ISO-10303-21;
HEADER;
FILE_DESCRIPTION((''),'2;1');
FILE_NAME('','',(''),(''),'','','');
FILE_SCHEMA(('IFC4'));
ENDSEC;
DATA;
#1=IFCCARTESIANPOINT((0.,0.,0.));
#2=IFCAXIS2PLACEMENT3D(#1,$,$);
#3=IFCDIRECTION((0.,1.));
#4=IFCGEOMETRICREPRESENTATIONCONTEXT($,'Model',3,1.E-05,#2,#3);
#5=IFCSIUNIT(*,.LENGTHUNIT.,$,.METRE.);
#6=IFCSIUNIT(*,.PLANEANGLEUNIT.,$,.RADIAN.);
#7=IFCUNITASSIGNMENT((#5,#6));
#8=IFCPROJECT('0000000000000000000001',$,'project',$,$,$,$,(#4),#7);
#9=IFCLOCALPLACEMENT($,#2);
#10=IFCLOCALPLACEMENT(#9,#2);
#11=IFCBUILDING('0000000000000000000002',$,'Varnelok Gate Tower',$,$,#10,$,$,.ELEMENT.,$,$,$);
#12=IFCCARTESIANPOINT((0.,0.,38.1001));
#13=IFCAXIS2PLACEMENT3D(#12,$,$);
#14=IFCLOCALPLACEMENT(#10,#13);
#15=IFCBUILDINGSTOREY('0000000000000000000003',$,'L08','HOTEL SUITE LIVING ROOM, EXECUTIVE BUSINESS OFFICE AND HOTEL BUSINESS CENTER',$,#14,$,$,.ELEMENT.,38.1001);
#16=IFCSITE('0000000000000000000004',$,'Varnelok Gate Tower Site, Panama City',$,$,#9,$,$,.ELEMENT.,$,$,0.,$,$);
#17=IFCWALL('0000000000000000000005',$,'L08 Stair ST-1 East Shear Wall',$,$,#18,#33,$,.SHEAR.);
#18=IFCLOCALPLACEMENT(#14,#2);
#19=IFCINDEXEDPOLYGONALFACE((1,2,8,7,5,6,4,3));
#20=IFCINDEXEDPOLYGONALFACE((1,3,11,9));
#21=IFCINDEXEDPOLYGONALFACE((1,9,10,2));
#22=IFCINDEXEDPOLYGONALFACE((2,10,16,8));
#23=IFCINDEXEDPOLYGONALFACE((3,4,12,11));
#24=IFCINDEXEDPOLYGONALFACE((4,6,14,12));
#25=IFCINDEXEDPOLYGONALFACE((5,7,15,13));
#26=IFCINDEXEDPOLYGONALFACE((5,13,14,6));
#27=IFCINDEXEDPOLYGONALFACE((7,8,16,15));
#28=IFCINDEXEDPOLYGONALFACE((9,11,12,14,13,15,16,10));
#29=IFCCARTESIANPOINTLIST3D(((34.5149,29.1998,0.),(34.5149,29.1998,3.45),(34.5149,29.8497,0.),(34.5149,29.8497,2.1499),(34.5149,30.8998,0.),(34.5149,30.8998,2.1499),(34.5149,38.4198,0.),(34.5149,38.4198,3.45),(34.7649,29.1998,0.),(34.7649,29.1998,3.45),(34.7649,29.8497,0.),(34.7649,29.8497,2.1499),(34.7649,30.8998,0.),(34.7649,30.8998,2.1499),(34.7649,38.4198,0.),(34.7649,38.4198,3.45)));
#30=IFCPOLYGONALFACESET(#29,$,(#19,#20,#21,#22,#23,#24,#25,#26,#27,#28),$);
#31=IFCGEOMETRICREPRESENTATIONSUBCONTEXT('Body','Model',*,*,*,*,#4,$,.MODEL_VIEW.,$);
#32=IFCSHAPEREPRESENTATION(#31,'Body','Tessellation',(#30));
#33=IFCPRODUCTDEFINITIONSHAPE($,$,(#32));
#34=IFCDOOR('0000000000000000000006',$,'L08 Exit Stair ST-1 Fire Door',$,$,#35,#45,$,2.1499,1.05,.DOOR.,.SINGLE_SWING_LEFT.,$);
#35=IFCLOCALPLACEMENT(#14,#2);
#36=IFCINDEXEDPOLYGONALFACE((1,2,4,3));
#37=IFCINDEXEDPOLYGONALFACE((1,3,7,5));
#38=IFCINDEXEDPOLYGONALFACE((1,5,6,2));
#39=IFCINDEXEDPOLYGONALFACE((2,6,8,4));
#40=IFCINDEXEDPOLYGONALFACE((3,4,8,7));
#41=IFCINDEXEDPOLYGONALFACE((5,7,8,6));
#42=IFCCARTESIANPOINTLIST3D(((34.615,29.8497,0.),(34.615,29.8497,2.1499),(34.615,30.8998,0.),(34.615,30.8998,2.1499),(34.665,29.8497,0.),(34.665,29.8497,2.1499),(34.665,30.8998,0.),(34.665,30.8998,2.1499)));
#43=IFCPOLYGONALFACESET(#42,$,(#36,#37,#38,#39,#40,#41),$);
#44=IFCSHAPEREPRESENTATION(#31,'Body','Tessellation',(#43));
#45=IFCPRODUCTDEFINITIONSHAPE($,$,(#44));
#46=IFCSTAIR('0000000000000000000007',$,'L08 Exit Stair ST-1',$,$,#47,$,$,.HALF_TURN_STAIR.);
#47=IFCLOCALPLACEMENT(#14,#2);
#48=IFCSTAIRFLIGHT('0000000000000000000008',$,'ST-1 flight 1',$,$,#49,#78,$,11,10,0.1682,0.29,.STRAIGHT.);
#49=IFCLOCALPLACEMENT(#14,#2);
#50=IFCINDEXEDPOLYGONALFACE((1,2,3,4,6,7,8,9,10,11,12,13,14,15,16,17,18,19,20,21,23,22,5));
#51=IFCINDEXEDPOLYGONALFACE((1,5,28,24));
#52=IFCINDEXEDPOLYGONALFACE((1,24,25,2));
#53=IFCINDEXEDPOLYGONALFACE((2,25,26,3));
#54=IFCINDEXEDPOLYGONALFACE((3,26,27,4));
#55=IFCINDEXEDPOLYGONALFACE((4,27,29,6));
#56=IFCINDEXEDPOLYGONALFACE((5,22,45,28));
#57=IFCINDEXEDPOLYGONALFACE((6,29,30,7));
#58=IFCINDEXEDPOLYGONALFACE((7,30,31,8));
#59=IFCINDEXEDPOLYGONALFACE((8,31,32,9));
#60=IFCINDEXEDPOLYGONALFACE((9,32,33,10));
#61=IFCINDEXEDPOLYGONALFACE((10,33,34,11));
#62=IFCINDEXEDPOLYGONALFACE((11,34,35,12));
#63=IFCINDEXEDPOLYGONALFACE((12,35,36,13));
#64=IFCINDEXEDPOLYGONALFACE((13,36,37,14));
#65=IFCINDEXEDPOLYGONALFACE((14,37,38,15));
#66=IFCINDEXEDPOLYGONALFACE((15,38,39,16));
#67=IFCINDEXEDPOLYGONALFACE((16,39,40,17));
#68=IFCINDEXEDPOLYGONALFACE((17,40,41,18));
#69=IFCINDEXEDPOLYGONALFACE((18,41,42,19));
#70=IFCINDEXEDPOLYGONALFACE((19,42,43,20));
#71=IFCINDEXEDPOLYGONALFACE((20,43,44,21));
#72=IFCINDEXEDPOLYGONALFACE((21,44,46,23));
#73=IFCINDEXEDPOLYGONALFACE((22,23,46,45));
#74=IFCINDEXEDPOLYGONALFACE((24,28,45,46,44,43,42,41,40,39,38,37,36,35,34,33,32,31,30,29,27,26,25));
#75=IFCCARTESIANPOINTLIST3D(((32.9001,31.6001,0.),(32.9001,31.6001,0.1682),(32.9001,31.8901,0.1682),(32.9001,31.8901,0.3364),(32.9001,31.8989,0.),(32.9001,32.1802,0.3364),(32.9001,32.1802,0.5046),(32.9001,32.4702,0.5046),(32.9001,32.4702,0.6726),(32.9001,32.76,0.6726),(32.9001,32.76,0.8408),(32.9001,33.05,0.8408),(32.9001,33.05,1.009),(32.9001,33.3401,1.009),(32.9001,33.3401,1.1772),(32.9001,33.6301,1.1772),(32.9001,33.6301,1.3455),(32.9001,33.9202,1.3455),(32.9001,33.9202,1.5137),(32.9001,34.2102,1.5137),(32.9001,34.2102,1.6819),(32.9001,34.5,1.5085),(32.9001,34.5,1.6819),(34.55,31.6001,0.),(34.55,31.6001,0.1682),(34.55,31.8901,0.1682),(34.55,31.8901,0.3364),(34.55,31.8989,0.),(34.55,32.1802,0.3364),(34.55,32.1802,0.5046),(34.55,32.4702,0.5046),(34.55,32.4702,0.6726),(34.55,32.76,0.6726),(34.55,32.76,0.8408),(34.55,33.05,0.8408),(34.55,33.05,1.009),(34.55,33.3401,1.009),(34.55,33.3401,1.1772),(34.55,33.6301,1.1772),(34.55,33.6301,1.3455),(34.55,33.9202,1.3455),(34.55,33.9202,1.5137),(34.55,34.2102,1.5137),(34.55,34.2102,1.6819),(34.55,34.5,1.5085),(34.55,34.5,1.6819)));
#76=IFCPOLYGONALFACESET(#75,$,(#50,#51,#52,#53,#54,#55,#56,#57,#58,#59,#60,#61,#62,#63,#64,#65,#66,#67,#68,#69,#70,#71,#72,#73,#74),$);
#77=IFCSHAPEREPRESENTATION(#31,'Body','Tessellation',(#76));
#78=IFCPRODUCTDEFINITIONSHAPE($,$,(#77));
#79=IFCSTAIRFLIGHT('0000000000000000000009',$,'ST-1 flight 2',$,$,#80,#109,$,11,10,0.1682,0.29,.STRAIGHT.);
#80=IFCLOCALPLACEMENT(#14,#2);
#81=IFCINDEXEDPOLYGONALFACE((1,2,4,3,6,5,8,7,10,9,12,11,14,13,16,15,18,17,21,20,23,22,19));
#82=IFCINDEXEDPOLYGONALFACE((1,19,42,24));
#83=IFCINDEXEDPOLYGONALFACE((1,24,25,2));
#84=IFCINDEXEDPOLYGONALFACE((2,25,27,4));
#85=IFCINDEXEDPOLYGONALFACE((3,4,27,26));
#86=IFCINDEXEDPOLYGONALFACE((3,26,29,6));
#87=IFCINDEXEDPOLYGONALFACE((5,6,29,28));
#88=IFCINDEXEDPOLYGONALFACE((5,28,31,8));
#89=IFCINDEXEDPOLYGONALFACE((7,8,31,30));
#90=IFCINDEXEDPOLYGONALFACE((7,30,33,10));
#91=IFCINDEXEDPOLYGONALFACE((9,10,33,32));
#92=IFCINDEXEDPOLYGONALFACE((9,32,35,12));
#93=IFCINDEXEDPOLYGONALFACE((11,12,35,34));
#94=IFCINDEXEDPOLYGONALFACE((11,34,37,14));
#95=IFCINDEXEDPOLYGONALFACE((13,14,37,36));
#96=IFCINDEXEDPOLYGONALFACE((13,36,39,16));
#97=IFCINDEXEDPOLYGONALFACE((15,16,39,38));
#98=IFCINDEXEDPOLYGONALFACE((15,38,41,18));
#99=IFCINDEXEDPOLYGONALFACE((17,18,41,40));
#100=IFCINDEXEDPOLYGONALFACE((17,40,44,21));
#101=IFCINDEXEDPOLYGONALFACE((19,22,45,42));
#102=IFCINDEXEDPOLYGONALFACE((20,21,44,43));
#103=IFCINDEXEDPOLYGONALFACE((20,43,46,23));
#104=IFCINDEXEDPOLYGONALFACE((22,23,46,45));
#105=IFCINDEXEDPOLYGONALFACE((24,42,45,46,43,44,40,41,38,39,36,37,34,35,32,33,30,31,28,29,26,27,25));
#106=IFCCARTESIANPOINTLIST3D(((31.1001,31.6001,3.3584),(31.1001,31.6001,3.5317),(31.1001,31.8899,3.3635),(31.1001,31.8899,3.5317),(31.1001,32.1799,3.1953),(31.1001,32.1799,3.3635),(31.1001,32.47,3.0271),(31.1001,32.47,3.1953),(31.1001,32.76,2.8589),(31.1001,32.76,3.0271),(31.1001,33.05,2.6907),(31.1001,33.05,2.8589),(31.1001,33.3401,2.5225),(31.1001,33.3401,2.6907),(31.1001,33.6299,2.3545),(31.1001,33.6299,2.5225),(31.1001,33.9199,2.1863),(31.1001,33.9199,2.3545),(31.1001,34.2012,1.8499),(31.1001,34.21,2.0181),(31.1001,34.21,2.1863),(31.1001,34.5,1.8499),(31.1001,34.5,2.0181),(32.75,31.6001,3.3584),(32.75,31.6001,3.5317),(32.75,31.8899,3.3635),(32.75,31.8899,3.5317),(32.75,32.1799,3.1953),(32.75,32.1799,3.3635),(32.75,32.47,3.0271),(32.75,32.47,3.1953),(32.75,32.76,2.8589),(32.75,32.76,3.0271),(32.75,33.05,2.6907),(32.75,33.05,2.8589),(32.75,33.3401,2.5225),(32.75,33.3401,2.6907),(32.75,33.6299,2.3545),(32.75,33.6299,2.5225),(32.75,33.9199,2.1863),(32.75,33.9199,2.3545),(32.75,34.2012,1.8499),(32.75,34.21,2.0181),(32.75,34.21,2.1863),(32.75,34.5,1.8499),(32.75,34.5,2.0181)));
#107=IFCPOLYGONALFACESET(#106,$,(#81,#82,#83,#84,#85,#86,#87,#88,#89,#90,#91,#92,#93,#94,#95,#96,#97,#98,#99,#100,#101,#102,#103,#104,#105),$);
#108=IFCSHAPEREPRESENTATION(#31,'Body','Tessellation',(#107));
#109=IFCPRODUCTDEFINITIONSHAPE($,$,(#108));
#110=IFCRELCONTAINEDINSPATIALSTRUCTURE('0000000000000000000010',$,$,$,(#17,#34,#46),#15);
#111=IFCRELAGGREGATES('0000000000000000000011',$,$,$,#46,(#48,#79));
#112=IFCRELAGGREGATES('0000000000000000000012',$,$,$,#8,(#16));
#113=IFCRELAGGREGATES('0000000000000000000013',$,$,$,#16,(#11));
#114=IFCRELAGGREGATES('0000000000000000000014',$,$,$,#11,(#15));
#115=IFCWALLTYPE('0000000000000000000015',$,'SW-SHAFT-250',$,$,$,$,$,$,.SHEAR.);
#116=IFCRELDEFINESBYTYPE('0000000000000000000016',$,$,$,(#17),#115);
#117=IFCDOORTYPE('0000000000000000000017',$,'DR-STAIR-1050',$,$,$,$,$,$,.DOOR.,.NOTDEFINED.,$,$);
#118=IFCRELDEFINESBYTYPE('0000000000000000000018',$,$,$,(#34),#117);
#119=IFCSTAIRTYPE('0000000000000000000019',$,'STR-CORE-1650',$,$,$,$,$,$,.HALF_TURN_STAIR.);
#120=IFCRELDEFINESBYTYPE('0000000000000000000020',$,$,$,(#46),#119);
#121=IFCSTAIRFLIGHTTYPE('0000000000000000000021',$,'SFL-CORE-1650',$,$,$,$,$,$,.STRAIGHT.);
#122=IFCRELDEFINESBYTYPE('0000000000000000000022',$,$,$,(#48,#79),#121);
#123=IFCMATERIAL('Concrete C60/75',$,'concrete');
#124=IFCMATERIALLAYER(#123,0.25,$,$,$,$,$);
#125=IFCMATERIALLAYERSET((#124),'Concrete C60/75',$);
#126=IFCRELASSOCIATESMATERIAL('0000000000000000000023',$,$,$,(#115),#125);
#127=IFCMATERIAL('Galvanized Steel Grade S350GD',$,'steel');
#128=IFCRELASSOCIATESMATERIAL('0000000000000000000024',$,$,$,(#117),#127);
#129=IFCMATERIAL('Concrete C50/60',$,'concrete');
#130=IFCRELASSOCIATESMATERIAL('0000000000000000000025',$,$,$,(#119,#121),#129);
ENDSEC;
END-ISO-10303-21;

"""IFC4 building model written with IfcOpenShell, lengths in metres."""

from ifc_helpers import new_model, si_unit, direction, frame, frame_2d, origin, place, context, subcontext, project, spatial, polyline, rectangle, outline, extrude, material, layer, layer_set, type_object, element, fill, aggregate, save


model = new_model("IFC4")

# Units and contexts
model_context = context("Model", 3, precision=1e-05, world=origin(), true_north=direction((0.0, 1.0)))
body_context = subcontext(model_context, "Body", "Model", "MODEL_VIEW")
ifc_project = project(units=[si_unit("LENGTHUNIT", "METRE"), si_unit("PLANEANGLEUNIT", "RADIAN")], contexts=[model_context])

# Site, building, storey
site_placement = place(None, origin())
site = spatial("IfcSite", under=ifc_project, at=site_placement, Name="Varnelok Gate Tower Site, Panama City", CompositionType="ELEMENT", RefElevation=0.0)
building_placement = place(site_placement, origin())
building = spatial("IfcBuilding", under=site, at=building_placement, Name="Varnelok Gate Tower", CompositionType="ELEMENT")
storey_placement = place(building_placement, frame((0.0, 0.0, 38.1001)))
storey = spatial("IfcBuildingStorey", under=building, at=storey_placement, Name="L08", Description="HOTEL SUITE LIVING ROOM, EXECUTIVE BUSINESS OFFICE AND HOTEL BUSINESS CENTER", CompositionType="ELEMENT", Elevation=38.1001)

# Shared definitions
ifc_material_1 = material(Name="Concrete C60/75", Category="concrete")

# Shared definitions
ifc_material_2 = material(Name="Galvanized Steel Grade S350GD", Category="steel")

# Wall, opening, door
ifc_layer_1 = layer(ifc_material_1, 0.25)
ifc_layer_set_1 = layer_set([ifc_layer_1], Name="Concrete C60/75")
wall_type_1 = type_object("IfcWallType", Name="SW-SHAFT-250", PredefinedType="SHEAR", material=ifc_layer_set_1)
wall_1_placement = place(storey_placement, frame((34.6399, 29.2, 0.0), z_axis=(0.0, 0.0, 1.0), x_axis=(0.0, 1.0, 0.0)))
wall_1 = element("IfcWall", 1, at=wall_1_placement, inside=storey, type_object=wall_type_1, Name="L08 Stair ST-1 East Shear Wall", PredefinedType="SHEAR", context=body_context, shape_type="SweptSolid", body=[
    extrude(rectangle(XDim=9.22, YDim=0.25, at=frame_2d((4.6099, 0.0))), origin(), (0.0, 0.0, 1.0), 3.45),
])
opening_1_placement = place(wall_1_placement, frame((0.6499, 0.0, 0.0)))
opening_1 = element("IfcOpeningElement", 2, at=opening_1_placement, cuts=wall_1, PredefinedType="OPENING", context=body_context, shape_type="SweptSolid", body=[
    extrude(rectangle(XDim=1.05, YDim=2.1499, at=frame_2d((0.5249, 1.075))), frame((0.0, 0.135, 0.0), z_axis=(0.0, -1.0, 0.0), x_axis=(1.0, 0.0, 0.0)), (0.0, 0.0, 1.0), 0.27),
])
door_type_1 = type_object("IfcDoorType", Name="DR-STAIR-1050", OperationType="NOTDEFINED", PredefinedType="DOOR", material=ifc_material_2)
door_1_placement = place(opening_1_placement, origin())
door_1 = element("IfcDoor", 3, at=door_1_placement, inside=storey, type_object=door_type_1, Name="L08 Exit Stair ST-1 Fire Door", OperationType="SINGLE_SWING_LEFT", OverallHeight=2.1499, OverallWidth=1.05, PredefinedType="DOOR", context=body_context, shape_type="SweptSolid", body=[
    extrude(rectangle(XDim=1.05, YDim=2.1499, at=frame_2d((0.5249, 1.075))), frame((0.0, 0.0249, 0.0), z_axis=(0.0, -1.0, 0.0), x_axis=(1.0, 0.0, 0.0)), (0.0, 0.0, 1.0), 0.05),
])
fill(opening_1, door_1)

# Stair, stair flights
ifc_material_3 = material(Name="Concrete C50/60", Category="concrete")
stair_type = type_object("IfcStairType", Name="STR-CORE-1650", PredefinedType="HALF_TURN_STAIR", material=ifc_material_3)
stair_placement = place(storey_placement, origin())
stair = element("IfcStair", 4, at=stair_placement, inside=storey, type_object=stair_type, Name="L08 Exit Stair ST-1", PredefinedType="HALF_TURN_STAIR")
stair_flight_type = type_object("IfcStairFlightType", Name="SFL-CORE-1650", PredefinedType="STRAIGHT", material=ifc_material_3)
stair_flight_1_placement = place(storey_placement, frame((33.7251, 31.6001, 0.0), z_axis=(0.0, 0.0, 1.0), x_axis=(0.0, 1.0, 0.0)))
stair_flight_1 = element("IfcStairFlight", 5, at=stair_flight_1_placement, type_object=stair_flight_type, Name="ST-1 flight 1", NumberOfRisers=11, NumberOfTreads=10, PredefinedType="STRAIGHT", RiserHeight=0.1682, TreadLength=0.29, context=body_context, shape_type="SweptSolid", body=[
    extrude(outline(polyline([(0.0, 0.0), (0.0, 0.1682), (0.29, 0.1682), (0.29, 0.3364), (0.5801, 0.3364), (0.5801, 0.5046), (0.8701, 0.5046), (0.8701, 0.6726), (1.1599, 0.6726), (1.1599, 0.8408), (1.45, 0.8408), (1.45, 1.009), (1.74, 1.009), (1.74, 1.1772), (2.03, 1.1772), (2.03, 1.3455), (2.3201, 1.3455), (2.3201, 1.5137), (2.6101, 1.5137), (2.6101, 1.6819), (2.8999, 1.6819), (2.8999, 1.8501), (2.8999, 1.5085), (0.2988, 0.0), (0.0, 0.0)])), frame((0.0, 0.825, 0.0), z_axis=(0.0, -1.0, 0.0), x_axis=(1.0, 0.0, 0.0)), (0.0, 0.0, 1.0), 1.6499),
])
stair_flight_2_placement = place(storey_placement, frame((31.925, 34.5, 1.8499), z_axis=(0.0, 0.0, 1.0), x_axis=(0.0, -1.0, 0.0)))
stair_flight_2 = element("IfcStairFlight", 6, at=stair_flight_2_placement, type_object=stair_flight_type, Name="ST-1 flight 2", NumberOfRisers=11, NumberOfTreads=10, PredefinedType="STRAIGHT", RiserHeight=0.1682, TreadLength=0.29, context=body_context, shape_type="SweptSolid", body=[
    extrude(outline(polyline([(0.0, 0.0), (0.0, 0.1682), (0.29, 0.1682), (0.29, 0.3364), (0.5801, 0.3364), (0.5801, 0.5046), (0.8701, 0.5046), (0.8701, 0.6726), (1.1599, 0.6726), (1.1599, 0.8408), (1.45, 0.8408), (1.45, 1.009), (1.74, 1.009), (1.74, 1.1772), (2.03, 1.1772), (2.03, 1.3455), (2.3201, 1.3455), (2.3201, 1.5137), (2.6101, 1.5137), (2.6101, 1.6819), (2.8999, 1.6819), (2.8999, 1.8501), (2.8999, 1.5085), (0.2988, 0.0), (0.0, 0.0)])), frame((0.0, 0.825, 0.0), z_axis=(0.0, -1.0, 0.0), x_axis=(1.0, 0.0, 0.0)), (0.0, 0.0, 1.0), 1.6499),
])
aggregate(stair, [stair_flight_1, stair_flight_2])

save(model, "model.ifc")
